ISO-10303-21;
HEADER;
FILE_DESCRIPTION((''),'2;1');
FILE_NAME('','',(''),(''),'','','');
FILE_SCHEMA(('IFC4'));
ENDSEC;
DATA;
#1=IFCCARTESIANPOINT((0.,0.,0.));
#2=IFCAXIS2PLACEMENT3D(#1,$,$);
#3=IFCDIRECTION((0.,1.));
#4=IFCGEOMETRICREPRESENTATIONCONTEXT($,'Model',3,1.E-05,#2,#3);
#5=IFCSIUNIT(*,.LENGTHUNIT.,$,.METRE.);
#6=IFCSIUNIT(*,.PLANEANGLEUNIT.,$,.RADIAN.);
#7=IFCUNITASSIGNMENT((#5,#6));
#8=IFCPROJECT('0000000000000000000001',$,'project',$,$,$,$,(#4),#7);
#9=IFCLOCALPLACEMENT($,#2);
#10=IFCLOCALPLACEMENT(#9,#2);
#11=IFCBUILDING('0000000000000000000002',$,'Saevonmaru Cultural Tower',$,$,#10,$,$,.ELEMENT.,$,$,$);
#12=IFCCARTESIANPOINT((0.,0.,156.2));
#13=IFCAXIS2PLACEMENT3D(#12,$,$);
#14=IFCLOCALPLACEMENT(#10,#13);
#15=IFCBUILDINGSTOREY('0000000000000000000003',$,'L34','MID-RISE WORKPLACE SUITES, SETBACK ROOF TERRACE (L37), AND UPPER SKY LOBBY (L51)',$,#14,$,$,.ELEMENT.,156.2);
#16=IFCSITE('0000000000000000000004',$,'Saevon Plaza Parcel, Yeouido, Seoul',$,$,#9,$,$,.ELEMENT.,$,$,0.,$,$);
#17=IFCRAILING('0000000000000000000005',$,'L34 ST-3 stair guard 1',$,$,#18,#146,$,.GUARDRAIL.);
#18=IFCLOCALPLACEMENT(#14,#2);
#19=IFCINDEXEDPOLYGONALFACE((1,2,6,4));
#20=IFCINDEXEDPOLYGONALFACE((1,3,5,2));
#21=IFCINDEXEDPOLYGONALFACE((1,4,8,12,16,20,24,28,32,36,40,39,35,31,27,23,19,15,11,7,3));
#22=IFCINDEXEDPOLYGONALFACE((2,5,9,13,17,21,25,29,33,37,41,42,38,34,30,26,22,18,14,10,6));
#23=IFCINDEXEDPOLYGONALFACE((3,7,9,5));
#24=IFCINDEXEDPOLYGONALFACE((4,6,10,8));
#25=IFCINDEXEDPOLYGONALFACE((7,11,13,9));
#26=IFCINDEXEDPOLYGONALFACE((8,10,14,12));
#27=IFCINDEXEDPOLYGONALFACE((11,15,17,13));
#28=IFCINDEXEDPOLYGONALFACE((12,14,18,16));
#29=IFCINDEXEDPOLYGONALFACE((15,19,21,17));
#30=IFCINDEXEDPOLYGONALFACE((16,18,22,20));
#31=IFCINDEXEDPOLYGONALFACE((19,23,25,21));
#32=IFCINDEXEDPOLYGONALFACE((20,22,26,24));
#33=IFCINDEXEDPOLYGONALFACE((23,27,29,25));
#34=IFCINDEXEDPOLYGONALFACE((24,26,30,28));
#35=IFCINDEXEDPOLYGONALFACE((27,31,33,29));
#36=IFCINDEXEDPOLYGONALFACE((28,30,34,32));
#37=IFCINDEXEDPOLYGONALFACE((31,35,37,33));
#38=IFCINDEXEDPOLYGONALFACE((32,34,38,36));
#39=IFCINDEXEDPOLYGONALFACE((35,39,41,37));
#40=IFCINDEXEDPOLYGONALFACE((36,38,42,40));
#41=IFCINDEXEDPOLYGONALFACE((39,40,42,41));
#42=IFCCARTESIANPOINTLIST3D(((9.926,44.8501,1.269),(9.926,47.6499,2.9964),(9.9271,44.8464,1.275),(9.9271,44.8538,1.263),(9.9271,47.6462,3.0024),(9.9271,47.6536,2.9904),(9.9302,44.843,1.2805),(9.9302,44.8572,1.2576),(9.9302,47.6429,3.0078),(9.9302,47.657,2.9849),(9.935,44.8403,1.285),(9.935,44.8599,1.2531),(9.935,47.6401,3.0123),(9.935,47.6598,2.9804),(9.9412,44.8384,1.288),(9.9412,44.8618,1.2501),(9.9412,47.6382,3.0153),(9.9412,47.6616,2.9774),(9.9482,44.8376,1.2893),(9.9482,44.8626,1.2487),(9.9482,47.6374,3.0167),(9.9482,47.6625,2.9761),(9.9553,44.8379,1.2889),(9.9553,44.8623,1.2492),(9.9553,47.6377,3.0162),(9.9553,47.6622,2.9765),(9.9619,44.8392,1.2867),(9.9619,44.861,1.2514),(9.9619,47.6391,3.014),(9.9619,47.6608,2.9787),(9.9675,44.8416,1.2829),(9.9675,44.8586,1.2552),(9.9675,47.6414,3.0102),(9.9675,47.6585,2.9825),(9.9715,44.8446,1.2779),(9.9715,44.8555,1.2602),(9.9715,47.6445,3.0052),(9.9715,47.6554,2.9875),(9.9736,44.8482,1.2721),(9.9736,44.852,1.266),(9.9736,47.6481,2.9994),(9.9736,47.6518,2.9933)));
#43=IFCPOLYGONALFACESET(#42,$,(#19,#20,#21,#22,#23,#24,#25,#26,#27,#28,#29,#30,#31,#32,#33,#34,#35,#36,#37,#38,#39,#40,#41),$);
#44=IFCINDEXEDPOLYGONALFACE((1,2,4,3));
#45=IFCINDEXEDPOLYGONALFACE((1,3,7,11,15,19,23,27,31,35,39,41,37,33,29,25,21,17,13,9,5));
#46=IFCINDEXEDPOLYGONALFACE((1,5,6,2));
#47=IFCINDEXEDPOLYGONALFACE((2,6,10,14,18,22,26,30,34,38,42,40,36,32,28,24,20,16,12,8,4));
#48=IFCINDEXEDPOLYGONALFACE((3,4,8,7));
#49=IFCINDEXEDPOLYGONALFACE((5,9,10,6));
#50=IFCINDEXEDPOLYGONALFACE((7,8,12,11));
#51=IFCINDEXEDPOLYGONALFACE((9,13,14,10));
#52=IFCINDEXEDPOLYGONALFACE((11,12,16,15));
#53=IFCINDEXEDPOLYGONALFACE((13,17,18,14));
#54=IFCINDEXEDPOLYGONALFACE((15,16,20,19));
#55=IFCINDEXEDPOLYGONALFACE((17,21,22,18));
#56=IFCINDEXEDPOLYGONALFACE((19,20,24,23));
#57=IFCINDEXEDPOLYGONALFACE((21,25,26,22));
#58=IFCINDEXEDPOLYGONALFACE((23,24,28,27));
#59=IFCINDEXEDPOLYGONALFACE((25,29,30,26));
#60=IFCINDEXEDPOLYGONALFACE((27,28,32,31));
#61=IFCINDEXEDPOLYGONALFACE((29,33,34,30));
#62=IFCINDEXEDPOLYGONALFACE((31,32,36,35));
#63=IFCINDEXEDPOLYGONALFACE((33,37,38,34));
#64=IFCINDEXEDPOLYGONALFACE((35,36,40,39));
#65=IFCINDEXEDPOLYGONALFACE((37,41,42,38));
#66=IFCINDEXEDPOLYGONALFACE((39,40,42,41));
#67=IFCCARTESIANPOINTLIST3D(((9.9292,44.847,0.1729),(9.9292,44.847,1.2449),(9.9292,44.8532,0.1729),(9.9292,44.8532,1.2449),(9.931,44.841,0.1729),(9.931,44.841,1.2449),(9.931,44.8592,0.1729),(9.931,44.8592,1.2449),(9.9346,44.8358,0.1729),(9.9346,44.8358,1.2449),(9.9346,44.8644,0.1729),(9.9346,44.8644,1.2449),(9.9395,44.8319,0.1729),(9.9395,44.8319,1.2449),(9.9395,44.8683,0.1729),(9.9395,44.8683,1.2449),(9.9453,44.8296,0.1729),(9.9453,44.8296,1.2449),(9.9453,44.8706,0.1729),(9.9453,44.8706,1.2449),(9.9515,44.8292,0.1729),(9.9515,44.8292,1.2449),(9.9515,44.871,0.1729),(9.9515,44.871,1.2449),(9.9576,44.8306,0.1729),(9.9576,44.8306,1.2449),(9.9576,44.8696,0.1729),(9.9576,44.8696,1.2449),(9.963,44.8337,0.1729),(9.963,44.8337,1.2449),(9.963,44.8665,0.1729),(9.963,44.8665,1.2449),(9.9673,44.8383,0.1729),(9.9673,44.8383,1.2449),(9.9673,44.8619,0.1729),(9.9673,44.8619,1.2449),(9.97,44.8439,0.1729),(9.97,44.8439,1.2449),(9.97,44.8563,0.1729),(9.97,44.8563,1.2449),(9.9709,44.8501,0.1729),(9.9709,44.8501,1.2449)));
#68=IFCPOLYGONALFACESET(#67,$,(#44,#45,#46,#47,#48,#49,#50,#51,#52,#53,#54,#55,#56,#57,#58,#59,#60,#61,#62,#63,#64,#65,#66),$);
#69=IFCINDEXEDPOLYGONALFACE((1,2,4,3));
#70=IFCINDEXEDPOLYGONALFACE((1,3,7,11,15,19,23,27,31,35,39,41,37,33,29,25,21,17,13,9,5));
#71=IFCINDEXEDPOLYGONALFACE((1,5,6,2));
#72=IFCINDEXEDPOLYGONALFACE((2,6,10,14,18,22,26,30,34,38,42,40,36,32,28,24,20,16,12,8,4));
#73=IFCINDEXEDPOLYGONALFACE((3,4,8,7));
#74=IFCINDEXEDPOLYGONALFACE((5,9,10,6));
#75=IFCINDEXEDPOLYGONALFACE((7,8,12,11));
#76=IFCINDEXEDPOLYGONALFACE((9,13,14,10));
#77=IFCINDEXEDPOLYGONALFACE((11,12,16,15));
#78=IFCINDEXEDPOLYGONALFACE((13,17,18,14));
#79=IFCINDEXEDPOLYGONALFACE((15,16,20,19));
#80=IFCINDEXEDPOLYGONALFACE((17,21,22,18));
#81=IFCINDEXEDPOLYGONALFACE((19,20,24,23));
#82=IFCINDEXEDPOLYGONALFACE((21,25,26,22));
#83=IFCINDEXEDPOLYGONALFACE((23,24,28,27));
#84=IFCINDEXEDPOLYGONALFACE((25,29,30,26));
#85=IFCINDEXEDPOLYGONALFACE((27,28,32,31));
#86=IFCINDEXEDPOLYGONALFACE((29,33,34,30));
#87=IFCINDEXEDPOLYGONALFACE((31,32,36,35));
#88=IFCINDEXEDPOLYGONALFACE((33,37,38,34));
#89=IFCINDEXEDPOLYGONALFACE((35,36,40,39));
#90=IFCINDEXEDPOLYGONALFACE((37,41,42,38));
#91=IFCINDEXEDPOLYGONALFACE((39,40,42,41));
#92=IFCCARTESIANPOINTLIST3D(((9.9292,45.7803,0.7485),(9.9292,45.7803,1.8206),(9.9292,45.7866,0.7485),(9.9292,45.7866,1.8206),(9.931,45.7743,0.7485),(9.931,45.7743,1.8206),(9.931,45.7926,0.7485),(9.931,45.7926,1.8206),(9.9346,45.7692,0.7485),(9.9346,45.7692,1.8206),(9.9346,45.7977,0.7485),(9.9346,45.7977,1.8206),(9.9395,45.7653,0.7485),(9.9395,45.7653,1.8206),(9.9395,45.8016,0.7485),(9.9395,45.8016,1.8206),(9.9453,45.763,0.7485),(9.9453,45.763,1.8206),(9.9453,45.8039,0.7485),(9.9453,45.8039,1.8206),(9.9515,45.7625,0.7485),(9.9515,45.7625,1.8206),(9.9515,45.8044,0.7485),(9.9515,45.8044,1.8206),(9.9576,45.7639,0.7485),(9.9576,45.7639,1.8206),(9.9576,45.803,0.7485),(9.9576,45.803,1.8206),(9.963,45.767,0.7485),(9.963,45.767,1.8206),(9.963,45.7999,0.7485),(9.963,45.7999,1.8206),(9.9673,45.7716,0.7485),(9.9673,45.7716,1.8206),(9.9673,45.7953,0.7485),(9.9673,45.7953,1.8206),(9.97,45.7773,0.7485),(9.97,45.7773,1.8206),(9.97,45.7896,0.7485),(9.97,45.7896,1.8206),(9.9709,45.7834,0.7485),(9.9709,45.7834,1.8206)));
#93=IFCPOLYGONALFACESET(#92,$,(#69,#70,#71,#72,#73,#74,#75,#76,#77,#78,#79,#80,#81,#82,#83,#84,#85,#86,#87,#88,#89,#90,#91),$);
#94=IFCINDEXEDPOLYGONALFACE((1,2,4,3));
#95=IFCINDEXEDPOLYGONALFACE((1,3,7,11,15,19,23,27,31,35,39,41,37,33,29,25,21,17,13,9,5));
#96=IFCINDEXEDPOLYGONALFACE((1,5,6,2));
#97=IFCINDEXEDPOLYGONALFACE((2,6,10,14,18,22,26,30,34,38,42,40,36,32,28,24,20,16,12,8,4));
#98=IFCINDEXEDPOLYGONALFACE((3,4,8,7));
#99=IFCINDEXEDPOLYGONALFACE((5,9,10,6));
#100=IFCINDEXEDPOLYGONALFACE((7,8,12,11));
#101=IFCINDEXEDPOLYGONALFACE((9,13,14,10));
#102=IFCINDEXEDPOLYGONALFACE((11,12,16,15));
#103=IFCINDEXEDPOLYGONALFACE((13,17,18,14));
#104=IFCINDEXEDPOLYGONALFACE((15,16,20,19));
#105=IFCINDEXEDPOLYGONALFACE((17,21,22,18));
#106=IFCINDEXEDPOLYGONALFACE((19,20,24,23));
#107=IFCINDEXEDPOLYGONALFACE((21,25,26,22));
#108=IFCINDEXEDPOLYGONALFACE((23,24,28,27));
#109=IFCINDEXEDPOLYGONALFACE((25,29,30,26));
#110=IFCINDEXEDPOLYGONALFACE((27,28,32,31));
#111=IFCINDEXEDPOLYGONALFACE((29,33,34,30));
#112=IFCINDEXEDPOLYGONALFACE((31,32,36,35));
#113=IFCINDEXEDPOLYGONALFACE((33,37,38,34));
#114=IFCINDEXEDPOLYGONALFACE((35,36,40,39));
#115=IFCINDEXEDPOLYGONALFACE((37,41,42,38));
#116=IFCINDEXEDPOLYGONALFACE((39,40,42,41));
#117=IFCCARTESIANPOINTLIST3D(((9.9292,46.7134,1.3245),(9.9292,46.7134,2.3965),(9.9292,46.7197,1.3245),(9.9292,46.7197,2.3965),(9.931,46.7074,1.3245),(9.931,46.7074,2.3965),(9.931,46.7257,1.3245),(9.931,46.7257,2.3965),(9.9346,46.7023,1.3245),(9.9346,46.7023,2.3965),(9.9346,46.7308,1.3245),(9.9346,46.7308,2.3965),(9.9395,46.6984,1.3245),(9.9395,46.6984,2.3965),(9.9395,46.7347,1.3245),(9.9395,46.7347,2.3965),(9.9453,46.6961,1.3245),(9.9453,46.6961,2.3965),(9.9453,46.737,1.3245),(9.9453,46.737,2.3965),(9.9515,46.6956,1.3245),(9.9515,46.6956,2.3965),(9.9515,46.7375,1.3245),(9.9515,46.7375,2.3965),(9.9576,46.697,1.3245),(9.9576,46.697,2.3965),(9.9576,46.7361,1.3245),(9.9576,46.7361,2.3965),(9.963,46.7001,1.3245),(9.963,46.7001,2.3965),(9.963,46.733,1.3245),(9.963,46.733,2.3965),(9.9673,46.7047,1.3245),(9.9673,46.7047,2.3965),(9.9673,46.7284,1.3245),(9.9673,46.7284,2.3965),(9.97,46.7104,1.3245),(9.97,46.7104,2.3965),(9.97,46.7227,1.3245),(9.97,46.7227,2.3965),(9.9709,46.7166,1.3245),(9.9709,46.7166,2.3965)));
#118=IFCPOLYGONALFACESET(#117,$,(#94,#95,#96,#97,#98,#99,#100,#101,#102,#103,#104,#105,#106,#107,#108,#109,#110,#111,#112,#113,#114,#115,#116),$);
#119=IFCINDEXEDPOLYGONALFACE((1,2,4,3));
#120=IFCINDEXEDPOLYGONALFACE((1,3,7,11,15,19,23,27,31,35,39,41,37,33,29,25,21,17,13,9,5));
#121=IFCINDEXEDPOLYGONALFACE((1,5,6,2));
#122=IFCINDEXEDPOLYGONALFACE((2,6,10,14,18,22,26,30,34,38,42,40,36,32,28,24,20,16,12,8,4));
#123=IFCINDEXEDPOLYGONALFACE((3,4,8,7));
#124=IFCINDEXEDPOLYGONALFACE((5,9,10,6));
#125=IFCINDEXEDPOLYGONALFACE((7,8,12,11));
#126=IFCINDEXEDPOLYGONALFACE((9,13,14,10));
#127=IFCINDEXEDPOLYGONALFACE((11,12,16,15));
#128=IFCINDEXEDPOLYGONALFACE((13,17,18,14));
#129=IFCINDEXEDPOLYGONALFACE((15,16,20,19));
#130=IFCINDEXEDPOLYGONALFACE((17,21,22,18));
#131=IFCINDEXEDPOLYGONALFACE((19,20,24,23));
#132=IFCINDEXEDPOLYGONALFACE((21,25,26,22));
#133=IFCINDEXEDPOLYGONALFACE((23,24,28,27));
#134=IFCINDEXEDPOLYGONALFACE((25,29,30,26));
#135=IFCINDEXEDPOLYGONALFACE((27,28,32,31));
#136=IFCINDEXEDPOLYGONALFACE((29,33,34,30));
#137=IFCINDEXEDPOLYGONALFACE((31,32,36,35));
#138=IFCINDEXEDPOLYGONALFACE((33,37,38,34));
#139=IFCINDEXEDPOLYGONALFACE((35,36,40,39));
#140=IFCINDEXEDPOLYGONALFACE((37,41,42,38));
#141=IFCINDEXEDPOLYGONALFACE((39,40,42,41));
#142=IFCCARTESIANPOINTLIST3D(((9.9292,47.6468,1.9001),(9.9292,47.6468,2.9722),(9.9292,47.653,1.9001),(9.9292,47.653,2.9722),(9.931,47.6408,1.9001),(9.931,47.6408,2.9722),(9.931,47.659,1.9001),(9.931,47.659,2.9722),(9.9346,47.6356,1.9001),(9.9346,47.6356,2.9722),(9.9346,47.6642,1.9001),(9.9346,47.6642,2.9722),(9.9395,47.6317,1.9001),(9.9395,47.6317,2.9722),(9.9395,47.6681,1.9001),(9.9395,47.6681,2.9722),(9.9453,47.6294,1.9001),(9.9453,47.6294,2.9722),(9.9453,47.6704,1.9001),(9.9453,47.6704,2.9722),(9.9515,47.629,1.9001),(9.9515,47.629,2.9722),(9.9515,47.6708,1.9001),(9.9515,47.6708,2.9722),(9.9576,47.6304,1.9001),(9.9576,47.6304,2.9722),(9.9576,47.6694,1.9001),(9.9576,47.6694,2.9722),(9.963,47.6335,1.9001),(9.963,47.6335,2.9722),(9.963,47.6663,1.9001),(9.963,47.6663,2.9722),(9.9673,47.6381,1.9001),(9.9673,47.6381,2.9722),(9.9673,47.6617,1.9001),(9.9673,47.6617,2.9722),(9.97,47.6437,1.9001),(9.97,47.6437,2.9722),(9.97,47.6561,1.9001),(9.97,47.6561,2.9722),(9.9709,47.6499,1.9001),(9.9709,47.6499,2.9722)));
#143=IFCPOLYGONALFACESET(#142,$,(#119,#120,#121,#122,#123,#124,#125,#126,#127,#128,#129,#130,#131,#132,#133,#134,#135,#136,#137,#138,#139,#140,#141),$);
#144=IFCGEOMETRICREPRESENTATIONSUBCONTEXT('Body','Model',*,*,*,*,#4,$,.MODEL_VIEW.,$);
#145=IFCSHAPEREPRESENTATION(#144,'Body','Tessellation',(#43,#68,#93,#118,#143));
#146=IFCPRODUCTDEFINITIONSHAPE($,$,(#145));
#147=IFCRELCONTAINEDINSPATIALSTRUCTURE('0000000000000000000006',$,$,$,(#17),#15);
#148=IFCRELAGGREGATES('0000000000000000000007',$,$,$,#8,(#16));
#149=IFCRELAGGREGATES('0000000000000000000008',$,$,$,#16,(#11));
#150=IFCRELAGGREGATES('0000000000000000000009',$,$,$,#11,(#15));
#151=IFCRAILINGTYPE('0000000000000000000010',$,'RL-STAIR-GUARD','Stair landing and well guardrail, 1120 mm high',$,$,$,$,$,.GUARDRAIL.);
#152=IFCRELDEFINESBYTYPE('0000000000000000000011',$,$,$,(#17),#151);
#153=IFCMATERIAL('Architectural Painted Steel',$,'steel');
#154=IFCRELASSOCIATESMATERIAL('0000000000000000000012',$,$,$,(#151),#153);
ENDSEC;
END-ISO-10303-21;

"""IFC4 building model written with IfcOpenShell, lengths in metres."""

from ifc_helpers import new_model, si_unit, direction, frame, origin, origin_2d, place, context, subcontext, project, spatial, circle, extrude, material, type_object, element, save


model = new_model("IFC4")

# Units and contexts
model_context = context("Model", 3, precision=1e-05, world=origin(), true_north=direction((0.0, 1.0)))
body_context = subcontext(model_context, "Body", "Model", "MODEL_VIEW")
ifc_project = project(units=[si_unit("LENGTHUNIT", "METRE"), si_unit("PLANEANGLEUNIT", "RADIAN")], contexts=[model_context])

# Site, building, storey
site_placement = place(None, origin())
site = spatial("IfcSite", under=ifc_project, at=site_placement, Name="Saevon Plaza Parcel, Yeouido, Seoul", CompositionType="ELEMENT", RefElevation=0.0)
building_placement = place(site_placement, origin())
building = spatial("IfcBuilding", under=site, at=building_placement, Name="Saevonmaru Cultural Tower", CompositionType="ELEMENT")
storey_placement = place(building_placement, frame((0.0, 0.0, 156.2)))
storey = spatial("IfcBuildingStorey", under=building, at=storey_placement, Name="L34", Description="MID-RISE WORKPLACE SUITES, SETBACK ROOF TERRACE (L37), AND UPPER SKY LOBBY (L51)", CompositionType="ELEMENT", Elevation=156.2)

# Railing
ifc_material_1 = material(Name="Architectural Painted Steel", Category="steel")
railing_type_1 = type_object("IfcRailingType", Name="RL-STAIR-GUARD", Description="Stair landing and well guardrail, 1120 mm high", PredefinedType="GUARDRAIL", material=ifc_material_1)
railing_1_placement = place(storey_placement, frame((9.95, 44.8501, 0.1729)))
element("IfcRailing", 1, at=railing_1_placement, inside=storey, type_object=railing_type_1, Name="L34 ST-3 stair guard 1", PredefinedType="GUARDRAIL", context=body_context, shape_type="SweptSolid", body=[
    extrude(circle(Radius=0.0239, at=origin_2d()), frame((0.0, 0.0, 1.0962), z_axis=(0.0, 0.851069, 0.525054), x_axis=(-1.0, 0.0, 0.0)), (0.0, 0.0, 1.0), 3.2898),
    extrude(circle(Radius=0.021, at=origin_2d()), origin(), (0.0, 0.0, 1.0), 1.072),
    extrude(circle(Radius=0.021, at=origin_2d()), frame((0.0, 0.9333, 0.5757)), (0.0, 0.0, 1.0), 1.072),
    extrude(circle(Radius=0.021, at=origin_2d()), frame((0.0, 1.8665, 1.1516)), (0.0, 0.0, 1.0), 1.072),
    extrude(circle(Radius=0.021, at=origin_2d()), frame((0.0, 2.7998, 1.7273)), (0.0, 0.0, 1.0), 1.072),
])

save(model, "model.ifc")
